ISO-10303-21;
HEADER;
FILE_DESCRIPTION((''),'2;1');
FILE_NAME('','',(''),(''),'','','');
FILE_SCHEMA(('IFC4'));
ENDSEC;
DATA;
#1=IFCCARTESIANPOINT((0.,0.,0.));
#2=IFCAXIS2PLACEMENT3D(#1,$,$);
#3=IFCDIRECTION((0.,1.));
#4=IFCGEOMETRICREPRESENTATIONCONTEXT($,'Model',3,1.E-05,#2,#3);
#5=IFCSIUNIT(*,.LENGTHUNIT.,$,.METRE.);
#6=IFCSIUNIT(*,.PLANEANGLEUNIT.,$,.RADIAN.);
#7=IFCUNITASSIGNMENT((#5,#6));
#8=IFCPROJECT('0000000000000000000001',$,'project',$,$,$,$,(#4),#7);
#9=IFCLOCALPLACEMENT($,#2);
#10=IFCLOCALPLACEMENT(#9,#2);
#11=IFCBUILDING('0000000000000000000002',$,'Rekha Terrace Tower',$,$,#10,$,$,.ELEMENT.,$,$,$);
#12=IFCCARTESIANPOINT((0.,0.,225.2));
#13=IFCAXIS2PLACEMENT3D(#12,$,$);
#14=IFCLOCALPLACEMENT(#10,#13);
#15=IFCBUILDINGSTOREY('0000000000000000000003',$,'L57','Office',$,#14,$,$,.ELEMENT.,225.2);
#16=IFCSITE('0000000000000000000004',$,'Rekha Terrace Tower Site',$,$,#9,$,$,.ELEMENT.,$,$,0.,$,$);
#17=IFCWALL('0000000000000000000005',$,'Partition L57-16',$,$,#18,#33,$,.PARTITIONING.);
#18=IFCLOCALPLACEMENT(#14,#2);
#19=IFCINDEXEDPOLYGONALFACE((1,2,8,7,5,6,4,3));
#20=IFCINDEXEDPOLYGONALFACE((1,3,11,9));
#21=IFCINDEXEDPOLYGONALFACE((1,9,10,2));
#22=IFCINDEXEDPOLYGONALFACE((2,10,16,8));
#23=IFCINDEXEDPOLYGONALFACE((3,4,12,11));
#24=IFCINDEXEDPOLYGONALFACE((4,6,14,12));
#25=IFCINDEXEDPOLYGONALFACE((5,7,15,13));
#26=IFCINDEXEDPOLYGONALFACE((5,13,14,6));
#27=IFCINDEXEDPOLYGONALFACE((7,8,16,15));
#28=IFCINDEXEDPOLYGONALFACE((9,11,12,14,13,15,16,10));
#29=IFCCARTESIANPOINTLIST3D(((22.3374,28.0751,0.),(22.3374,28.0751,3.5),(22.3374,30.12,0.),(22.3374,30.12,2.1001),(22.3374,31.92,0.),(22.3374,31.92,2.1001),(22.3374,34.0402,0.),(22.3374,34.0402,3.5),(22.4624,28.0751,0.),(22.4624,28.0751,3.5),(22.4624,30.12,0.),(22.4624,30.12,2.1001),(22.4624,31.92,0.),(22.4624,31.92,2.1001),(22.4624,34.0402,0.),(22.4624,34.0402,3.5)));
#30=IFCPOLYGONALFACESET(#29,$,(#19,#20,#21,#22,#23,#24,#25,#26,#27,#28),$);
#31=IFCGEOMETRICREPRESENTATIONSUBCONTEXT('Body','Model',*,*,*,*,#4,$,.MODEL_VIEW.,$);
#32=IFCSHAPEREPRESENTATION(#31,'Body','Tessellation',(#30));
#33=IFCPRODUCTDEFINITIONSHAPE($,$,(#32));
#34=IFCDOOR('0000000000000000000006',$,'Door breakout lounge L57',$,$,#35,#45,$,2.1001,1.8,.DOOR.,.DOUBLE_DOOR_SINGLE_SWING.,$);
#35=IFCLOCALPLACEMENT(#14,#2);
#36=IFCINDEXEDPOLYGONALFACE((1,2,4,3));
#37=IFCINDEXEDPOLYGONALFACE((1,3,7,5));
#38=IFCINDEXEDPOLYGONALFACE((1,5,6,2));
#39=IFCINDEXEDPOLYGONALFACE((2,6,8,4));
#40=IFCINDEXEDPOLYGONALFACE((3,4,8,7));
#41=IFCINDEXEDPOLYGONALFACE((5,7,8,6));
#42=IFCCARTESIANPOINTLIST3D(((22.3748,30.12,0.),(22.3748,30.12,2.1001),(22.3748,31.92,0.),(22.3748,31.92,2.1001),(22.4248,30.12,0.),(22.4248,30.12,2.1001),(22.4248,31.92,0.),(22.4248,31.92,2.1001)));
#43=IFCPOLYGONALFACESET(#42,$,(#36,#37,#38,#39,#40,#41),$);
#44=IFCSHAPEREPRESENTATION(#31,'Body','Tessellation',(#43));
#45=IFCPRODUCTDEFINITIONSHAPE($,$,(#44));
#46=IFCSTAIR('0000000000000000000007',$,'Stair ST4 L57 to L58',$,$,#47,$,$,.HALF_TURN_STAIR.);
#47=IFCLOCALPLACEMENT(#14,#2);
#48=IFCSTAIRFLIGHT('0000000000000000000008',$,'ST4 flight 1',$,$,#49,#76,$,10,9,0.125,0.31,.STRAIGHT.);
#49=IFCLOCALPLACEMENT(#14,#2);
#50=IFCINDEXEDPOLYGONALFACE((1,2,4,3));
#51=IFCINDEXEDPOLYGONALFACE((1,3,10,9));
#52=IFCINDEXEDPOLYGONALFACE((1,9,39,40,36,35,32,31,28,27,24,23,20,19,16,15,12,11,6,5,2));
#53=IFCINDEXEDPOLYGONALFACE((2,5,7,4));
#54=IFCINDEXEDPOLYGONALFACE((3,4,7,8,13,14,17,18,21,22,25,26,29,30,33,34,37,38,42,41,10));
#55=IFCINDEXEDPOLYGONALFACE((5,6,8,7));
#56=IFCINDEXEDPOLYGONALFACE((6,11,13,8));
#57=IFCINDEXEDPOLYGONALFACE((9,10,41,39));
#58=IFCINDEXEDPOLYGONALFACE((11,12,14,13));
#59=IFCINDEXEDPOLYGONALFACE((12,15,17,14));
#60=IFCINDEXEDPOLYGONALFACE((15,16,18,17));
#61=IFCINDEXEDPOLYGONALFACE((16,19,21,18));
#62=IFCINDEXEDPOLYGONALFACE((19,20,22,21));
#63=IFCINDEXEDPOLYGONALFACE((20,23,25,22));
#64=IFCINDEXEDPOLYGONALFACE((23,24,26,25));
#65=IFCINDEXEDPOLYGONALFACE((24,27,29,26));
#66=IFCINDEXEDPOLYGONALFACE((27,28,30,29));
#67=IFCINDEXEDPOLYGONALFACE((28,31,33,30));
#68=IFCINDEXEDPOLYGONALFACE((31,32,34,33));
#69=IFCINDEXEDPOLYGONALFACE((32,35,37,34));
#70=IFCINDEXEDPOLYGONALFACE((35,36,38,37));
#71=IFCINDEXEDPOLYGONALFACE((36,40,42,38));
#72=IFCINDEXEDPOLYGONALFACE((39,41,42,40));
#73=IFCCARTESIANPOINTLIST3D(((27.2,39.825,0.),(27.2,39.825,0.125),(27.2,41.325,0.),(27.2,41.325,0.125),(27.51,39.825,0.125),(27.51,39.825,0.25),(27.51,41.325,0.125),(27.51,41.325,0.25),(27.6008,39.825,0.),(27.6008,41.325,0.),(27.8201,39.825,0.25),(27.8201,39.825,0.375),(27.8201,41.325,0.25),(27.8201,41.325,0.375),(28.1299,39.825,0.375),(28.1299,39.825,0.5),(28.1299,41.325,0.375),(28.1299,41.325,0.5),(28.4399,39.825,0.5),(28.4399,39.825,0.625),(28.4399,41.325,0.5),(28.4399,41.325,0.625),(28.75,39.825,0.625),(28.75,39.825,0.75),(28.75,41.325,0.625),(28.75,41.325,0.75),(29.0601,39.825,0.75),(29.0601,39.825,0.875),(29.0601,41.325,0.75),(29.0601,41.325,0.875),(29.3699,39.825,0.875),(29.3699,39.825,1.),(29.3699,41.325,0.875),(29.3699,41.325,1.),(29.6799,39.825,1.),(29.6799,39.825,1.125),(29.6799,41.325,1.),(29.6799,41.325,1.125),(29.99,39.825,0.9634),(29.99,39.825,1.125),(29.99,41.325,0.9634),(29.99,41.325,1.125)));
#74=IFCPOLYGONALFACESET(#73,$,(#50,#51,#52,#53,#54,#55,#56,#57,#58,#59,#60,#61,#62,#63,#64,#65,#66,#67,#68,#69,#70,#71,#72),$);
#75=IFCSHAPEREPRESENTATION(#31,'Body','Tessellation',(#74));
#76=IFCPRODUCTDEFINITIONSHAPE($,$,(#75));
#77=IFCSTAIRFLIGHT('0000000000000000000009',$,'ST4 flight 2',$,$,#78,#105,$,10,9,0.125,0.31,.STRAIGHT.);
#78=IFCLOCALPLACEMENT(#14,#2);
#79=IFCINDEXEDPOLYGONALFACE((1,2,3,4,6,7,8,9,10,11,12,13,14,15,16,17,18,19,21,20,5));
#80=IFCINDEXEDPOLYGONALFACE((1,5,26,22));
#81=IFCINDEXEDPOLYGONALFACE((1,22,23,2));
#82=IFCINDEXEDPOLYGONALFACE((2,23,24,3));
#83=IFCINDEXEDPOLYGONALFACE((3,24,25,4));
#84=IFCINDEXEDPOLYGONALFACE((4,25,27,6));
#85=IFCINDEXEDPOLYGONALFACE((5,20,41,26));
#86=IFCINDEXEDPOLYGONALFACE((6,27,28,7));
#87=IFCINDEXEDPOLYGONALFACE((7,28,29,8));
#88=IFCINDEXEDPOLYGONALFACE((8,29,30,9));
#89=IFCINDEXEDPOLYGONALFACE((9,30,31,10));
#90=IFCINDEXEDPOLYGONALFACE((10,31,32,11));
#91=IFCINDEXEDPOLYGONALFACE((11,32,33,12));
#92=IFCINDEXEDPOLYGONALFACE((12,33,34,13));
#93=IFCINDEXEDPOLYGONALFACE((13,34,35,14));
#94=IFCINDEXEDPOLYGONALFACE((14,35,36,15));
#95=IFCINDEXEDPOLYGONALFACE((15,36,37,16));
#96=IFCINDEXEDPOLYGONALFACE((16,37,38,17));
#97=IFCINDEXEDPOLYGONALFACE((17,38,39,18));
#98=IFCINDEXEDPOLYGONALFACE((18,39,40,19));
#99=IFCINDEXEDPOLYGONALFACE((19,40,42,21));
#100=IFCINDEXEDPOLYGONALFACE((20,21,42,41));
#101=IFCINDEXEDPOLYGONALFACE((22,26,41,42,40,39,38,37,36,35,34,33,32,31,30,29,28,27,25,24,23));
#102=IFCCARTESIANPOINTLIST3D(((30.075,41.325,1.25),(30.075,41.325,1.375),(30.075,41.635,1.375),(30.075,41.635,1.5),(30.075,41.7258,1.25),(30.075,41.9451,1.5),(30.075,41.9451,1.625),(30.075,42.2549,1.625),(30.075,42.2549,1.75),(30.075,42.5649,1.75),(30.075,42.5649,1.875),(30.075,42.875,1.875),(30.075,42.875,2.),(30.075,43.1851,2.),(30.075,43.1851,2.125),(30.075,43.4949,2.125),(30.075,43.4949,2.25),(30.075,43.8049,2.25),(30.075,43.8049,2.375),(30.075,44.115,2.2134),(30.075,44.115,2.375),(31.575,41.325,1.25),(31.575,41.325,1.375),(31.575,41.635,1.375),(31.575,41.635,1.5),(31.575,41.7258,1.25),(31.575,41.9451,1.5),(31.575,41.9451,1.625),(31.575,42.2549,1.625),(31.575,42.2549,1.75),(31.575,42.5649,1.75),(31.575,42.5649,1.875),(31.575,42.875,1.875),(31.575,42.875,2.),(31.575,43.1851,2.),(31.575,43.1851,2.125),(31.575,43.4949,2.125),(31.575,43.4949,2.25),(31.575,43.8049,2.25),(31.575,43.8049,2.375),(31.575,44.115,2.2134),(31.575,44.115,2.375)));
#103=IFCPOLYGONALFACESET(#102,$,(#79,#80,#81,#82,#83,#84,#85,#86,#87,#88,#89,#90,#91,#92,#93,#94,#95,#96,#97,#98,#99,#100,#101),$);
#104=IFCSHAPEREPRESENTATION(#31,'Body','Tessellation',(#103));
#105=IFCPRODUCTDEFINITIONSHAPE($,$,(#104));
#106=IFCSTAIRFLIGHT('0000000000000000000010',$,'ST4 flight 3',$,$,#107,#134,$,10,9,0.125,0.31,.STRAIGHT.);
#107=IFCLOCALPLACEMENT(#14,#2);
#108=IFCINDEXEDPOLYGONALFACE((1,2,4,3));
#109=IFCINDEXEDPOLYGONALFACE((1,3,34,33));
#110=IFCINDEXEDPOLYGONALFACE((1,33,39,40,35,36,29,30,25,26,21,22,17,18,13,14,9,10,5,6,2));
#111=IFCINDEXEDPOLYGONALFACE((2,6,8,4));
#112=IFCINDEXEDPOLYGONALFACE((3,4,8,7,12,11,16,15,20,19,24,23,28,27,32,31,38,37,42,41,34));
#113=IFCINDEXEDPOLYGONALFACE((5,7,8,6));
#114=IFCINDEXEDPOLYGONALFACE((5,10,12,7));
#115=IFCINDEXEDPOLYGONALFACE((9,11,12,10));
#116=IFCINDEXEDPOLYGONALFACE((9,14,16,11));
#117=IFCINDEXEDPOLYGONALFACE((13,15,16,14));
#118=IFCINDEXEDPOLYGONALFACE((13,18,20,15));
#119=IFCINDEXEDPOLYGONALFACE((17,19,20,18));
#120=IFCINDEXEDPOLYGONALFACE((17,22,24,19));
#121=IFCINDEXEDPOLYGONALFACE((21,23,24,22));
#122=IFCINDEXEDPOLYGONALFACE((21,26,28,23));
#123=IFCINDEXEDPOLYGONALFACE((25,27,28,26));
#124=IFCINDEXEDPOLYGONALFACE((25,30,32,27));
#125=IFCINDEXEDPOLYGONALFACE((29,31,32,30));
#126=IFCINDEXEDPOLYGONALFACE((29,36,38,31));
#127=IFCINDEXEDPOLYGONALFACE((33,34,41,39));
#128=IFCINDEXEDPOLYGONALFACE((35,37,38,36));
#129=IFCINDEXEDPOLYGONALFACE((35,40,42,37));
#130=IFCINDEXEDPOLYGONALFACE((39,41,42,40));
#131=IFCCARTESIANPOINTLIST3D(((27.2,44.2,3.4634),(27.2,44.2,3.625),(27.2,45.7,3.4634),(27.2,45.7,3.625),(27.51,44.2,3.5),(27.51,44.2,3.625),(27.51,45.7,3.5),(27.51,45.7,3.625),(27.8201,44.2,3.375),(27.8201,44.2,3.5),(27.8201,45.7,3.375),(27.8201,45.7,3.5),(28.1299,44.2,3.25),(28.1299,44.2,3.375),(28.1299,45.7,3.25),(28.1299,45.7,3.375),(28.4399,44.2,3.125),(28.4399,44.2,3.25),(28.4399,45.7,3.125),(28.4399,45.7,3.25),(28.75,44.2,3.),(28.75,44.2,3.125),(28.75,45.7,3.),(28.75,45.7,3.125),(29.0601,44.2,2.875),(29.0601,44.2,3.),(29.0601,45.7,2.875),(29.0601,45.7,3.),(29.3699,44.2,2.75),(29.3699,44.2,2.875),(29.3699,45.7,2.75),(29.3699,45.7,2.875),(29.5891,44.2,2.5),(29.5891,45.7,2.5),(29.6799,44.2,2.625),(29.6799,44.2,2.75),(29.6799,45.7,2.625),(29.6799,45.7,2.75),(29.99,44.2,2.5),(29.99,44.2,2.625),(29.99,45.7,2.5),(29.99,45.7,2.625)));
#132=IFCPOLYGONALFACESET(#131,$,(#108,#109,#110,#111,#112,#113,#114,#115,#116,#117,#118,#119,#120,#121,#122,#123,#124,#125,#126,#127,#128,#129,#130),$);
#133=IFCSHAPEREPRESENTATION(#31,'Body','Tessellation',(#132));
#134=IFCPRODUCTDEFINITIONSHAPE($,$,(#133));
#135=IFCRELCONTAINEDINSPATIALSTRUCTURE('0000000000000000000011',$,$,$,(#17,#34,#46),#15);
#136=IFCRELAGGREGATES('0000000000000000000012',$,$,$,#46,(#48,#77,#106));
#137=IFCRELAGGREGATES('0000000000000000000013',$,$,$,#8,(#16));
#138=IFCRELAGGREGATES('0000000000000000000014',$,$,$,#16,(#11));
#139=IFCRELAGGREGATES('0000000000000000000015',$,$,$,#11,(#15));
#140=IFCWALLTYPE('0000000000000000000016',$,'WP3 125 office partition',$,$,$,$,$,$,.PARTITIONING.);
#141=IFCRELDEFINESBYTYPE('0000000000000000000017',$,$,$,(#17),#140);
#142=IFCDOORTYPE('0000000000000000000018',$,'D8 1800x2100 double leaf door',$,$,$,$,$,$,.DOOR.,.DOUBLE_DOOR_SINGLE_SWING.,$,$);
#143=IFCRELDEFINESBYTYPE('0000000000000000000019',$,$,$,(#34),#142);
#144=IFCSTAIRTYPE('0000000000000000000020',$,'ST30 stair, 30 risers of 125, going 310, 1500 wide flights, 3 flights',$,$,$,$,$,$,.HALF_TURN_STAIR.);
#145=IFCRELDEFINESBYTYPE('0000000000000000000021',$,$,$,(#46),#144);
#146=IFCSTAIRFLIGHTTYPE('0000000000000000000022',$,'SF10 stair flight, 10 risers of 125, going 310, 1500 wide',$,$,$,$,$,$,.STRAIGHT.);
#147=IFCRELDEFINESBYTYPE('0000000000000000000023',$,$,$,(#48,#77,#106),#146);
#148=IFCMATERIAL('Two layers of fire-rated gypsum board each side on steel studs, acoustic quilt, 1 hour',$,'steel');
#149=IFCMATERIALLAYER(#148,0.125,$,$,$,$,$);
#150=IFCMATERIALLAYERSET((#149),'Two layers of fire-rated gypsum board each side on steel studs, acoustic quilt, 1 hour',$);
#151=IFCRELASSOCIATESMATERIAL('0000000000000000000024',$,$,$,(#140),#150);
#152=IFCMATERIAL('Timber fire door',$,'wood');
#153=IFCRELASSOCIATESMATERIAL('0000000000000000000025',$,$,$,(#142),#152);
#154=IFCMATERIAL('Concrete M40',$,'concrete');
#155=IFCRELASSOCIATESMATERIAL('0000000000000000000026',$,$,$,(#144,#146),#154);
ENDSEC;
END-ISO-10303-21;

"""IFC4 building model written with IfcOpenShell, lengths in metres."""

from ifc_helpers import new_model, si_unit, direction, frame, frame_2d, origin, place, context, subcontext, project, spatial, polyline, rectangle, outline, extrude, material, layer, layer_set, type_object, element, fill, aggregate, save


model = new_model("IFC4")

# Units and contexts
model_context = context("Model", 3, precision=1e-05, world=origin(), true_north=direction((0.0, 1.0)))
body_context = subcontext(model_context, "Body", "Model", "MODEL_VIEW")
ifc_project = project(units=[si_unit("LENGTHUNIT", "METRE"), si_unit("PLANEANGLEUNIT", "RADIAN")], contexts=[model_context])

# Site, building, storey
site_placement = place(None, origin())
site = spatial("IfcSite", under=ifc_project, at=site_placement, Name="Rekha Terrace Tower Site", CompositionType="ELEMENT", RefElevation=0.0)
building_placement = place(site_placement, origin())
building = spatial("IfcBuilding", under=site, at=building_placement, Name="Rekha Terrace Tower", CompositionType="ELEMENT")
storey_placement = place(building_placement, frame((0.0, 0.0, 225.2)))
storey = spatial("IfcBuildingStorey", under=building, at=storey_placement, Name="L57", Description="Office", CompositionType="ELEMENT", Elevation=225.2)

# Shared definitions
ifc_material_1 = material(Name="Two layers of fire-rated gypsum board each side on steel studs, acoustic quilt, 1 hour", Category="steel")
ifc_layer_1 = layer(ifc_material_1, 0.125)
ifc_layer_set_1 = layer_set([ifc_layer_1], Name="Two layers of fire-rated gypsum board each side on steel studs, acoustic quilt, 1 hour")
wall_type_1 = type_object("IfcWallType", Name="WP3 125 office partition", PredefinedType="PARTITIONING", material=ifc_layer_set_1)

# Wall, opening, door
ifc_material_2 = material(Name="Timber fire door", Category="wood")
wall_1_placement = place(storey_placement, frame((22.3999, 34.04, 0.0), z_axis=(0.0, 0.0, 1.0), x_axis=(0.0, -1.0, 0.0)))
wall_1 = element("IfcWall", 1, at=wall_1_placement, inside=storey, type_object=wall_type_1, Name="Partition L57-16", PredefinedType="PARTITIONING", context=body_context, shape_type="SweptSolid", body=[
    extrude(rectangle(XDim=5.9651, YDim=0.125, at=frame_2d((2.9824, 0.0))), origin(), (0.0, 0.0, 1.0), 3.5),
])
opening_1_placement = place(wall_1_placement, frame((2.1201, 0.0, 0.0)))
opening_1 = element("IfcOpeningElement", 2, at=opening_1_placement, cuts=wall_1, PredefinedType="OPENING", context=body_context, shape_type="SweptSolid", body=[
    extrude(rectangle(XDim=1.8, YDim=2.1001, at=frame_2d((0.8999, 1.05))), frame((0.0, 0.0725, 0.0), z_axis=(0.0, -1.0, 0.0), x_axis=(1.0, 0.0, 0.0)), (0.0, 0.0, 1.0), 0.145),
])
door_type_1 = type_object("IfcDoorType", Name="D8 1800x2100 double leaf door", OperationType="DOUBLE_DOOR_SINGLE_SWING", PredefinedType="DOOR", material=ifc_material_2)
door_1_placement = place(opening_1_placement, origin())
door_1 = element("IfcDoor", 3, at=door_1_placement, inside=storey, type_object=door_type_1, Name="Door breakout lounge L57", OperationType="DOUBLE_DOOR_SINGLE_SWING", OverallHeight=2.1001, OverallWidth=1.8, PredefinedType="DOOR", context=body_context, shape_type="SweptSolid", body=[
    extrude(rectangle(XDim=1.8, YDim=2.1001, at=frame_2d((0.8999, 1.05))), frame((0.0, 0.0249, 0.0), z_axis=(0.0, -1.0, 0.0), x_axis=(1.0, 0.0, 0.0)), (0.0, 0.0, 1.0), 0.05),
])
fill(opening_1, door_1)

# Stair, stair flights
ifc_material_3 = material(Name="Concrete M40", Category="concrete")
stair_type = type_object("IfcStairType", Name="ST30 stair, 30 risers of 125, going 310, 1500 wide flights, 3 flights", PredefinedType="HALF_TURN_STAIR", material=ifc_material_3)
stair_placement = place(storey_placement, origin())
stair = element("IfcStair", 4, at=stair_placement, inside=storey, type_object=stair_type, Name="Stair ST4 L57 to L58", PredefinedType="HALF_TURN_STAIR")
stair_flight_type = type_object("IfcStairFlightType", Name="SF10 stair flight, 10 risers of 125, going 310, 1500 wide", PredefinedType="STRAIGHT", material=ifc_material_3)
stair_flight_1_placement = place(storey_placement, frame((27.2, 40.575, 0.0), z_axis=(0.0, 0.0, 1.0), x_axis=(1.0, 0.0, 0.0)))
stair_flight_1 = element("IfcStairFlight", 5, at=stair_flight_1_placement, type_object=stair_flight_type, Name="ST4 flight 1", NumberOfRisers=10, NumberOfTreads=9, PredefinedType="STRAIGHT", RiserHeight=0.125, TreadLength=0.31, context=body_context, shape_type="SweptSolid", body=[
    extrude(outline(polyline([(0.0, 0.0), (0.0, 0.125), (0.3101, 0.125), (0.3101, 0.25), (0.6201, 0.25), (0.6201, 0.375), (0.9299, 0.375), (0.9299, 0.5), (1.24, 0.5), (1.24, 0.625), (1.55, 0.625), (1.55, 0.75), (1.8601, 0.75), (1.8601, 0.875), (2.1699, 0.875), (2.1699, 1.0), (2.48, 1.0), (2.48, 1.125), (2.79, 1.125), (2.79, 1.25), (2.79, 0.9634), (0.4009, 0.0), (0.0, 0.0)])), frame((0.0, 0.75, 0.0), z_axis=(0.0, -1.0, 0.0), x_axis=(1.0, 0.0, 0.0)), (0.0, 0.0, 1.0), 1.5),
])
stair_flight_2_placement = place(storey_placement, frame((30.825, 41.325, 1.25), z_axis=(0.0, 0.0, 1.0), x_axis=(0.0, 1.0, 0.0)))
stair_flight_2 = element("IfcStairFlight", 6, at=stair_flight_2_placement, type_object=stair_flight_type, Name="ST4 flight 2", NumberOfRisers=10, NumberOfTreads=9, PredefinedType="STRAIGHT", RiserHeight=0.125, TreadLength=0.31, context=body_context, shape_type="SweptSolid", body=[
    extrude(outline(polyline([(0.0, 0.0), (0.0, 0.125), (0.3101, 0.125), (0.3101, 0.25), (0.6201, 0.25), (0.6201, 0.375), (0.9299, 0.375), (0.9299, 0.5), (1.24, 0.5), (1.24, 0.625), (1.55, 0.625), (1.55, 0.75), (1.8601, 0.75), (1.8601, 0.875), (2.1699, 0.875), (2.1699, 1.0), (2.48, 1.0), (2.48, 1.125), (2.79, 1.125), (2.79, 1.25), (2.79, 0.9634), (0.4009, 0.0), (0.0, 0.0)])), frame((0.0, 0.75, 0.0), z_axis=(0.0, -1.0, 0.0), x_axis=(1.0, 0.0, 0.0)), (0.0, 0.0, 1.0), 1.5),
])
stair_flight_3_placement = place(storey_placement, frame((29.99, 44.95, 2.5), z_axis=(0.0, 0.0, 1.0), x_axis=(-1.0, 0.0, 0.0)))
stair_flight_3 = element("IfcStairFlight", 7, at=stair_flight_3_placement, type_object=stair_flight_type, Name="ST4 flight 3", NumberOfRisers=10, NumberOfTreads=9, PredefinedType="STRAIGHT", RiserHeight=0.125, TreadLength=0.31, context=body_context, shape_type="SweptSolid", body=[
    extrude(outline(polyline([(0.0, 0.0), (0.0, 0.125), (0.3101, 0.125), (0.3101, 0.25), (0.6201, 0.25), (0.6201, 0.375), (0.9299, 0.375), (0.9299, 0.5), (1.24, 0.5), (1.24, 0.625), (1.55, 0.625), (1.55, 0.75), (1.8601, 0.75), (1.8601, 0.875), (2.1699, 0.875), (2.1699, 1.0), (2.48, 1.0), (2.48, 1.125), (2.79, 1.125), (2.79, 1.25), (2.79, 0.9634), (0.4009, 0.0), (0.0, 0.0)])), frame((0.0, 0.75, 0.0), z_axis=(0.0, -1.0, 0.0), x_axis=(1.0, 0.0, 0.0)), (0.0, 0.0, 1.0), 1.5),
])
aggregate(stair, [stair_flight_1, stair_flight_2, stair_flight_3])

save(model, "model.ifc")
